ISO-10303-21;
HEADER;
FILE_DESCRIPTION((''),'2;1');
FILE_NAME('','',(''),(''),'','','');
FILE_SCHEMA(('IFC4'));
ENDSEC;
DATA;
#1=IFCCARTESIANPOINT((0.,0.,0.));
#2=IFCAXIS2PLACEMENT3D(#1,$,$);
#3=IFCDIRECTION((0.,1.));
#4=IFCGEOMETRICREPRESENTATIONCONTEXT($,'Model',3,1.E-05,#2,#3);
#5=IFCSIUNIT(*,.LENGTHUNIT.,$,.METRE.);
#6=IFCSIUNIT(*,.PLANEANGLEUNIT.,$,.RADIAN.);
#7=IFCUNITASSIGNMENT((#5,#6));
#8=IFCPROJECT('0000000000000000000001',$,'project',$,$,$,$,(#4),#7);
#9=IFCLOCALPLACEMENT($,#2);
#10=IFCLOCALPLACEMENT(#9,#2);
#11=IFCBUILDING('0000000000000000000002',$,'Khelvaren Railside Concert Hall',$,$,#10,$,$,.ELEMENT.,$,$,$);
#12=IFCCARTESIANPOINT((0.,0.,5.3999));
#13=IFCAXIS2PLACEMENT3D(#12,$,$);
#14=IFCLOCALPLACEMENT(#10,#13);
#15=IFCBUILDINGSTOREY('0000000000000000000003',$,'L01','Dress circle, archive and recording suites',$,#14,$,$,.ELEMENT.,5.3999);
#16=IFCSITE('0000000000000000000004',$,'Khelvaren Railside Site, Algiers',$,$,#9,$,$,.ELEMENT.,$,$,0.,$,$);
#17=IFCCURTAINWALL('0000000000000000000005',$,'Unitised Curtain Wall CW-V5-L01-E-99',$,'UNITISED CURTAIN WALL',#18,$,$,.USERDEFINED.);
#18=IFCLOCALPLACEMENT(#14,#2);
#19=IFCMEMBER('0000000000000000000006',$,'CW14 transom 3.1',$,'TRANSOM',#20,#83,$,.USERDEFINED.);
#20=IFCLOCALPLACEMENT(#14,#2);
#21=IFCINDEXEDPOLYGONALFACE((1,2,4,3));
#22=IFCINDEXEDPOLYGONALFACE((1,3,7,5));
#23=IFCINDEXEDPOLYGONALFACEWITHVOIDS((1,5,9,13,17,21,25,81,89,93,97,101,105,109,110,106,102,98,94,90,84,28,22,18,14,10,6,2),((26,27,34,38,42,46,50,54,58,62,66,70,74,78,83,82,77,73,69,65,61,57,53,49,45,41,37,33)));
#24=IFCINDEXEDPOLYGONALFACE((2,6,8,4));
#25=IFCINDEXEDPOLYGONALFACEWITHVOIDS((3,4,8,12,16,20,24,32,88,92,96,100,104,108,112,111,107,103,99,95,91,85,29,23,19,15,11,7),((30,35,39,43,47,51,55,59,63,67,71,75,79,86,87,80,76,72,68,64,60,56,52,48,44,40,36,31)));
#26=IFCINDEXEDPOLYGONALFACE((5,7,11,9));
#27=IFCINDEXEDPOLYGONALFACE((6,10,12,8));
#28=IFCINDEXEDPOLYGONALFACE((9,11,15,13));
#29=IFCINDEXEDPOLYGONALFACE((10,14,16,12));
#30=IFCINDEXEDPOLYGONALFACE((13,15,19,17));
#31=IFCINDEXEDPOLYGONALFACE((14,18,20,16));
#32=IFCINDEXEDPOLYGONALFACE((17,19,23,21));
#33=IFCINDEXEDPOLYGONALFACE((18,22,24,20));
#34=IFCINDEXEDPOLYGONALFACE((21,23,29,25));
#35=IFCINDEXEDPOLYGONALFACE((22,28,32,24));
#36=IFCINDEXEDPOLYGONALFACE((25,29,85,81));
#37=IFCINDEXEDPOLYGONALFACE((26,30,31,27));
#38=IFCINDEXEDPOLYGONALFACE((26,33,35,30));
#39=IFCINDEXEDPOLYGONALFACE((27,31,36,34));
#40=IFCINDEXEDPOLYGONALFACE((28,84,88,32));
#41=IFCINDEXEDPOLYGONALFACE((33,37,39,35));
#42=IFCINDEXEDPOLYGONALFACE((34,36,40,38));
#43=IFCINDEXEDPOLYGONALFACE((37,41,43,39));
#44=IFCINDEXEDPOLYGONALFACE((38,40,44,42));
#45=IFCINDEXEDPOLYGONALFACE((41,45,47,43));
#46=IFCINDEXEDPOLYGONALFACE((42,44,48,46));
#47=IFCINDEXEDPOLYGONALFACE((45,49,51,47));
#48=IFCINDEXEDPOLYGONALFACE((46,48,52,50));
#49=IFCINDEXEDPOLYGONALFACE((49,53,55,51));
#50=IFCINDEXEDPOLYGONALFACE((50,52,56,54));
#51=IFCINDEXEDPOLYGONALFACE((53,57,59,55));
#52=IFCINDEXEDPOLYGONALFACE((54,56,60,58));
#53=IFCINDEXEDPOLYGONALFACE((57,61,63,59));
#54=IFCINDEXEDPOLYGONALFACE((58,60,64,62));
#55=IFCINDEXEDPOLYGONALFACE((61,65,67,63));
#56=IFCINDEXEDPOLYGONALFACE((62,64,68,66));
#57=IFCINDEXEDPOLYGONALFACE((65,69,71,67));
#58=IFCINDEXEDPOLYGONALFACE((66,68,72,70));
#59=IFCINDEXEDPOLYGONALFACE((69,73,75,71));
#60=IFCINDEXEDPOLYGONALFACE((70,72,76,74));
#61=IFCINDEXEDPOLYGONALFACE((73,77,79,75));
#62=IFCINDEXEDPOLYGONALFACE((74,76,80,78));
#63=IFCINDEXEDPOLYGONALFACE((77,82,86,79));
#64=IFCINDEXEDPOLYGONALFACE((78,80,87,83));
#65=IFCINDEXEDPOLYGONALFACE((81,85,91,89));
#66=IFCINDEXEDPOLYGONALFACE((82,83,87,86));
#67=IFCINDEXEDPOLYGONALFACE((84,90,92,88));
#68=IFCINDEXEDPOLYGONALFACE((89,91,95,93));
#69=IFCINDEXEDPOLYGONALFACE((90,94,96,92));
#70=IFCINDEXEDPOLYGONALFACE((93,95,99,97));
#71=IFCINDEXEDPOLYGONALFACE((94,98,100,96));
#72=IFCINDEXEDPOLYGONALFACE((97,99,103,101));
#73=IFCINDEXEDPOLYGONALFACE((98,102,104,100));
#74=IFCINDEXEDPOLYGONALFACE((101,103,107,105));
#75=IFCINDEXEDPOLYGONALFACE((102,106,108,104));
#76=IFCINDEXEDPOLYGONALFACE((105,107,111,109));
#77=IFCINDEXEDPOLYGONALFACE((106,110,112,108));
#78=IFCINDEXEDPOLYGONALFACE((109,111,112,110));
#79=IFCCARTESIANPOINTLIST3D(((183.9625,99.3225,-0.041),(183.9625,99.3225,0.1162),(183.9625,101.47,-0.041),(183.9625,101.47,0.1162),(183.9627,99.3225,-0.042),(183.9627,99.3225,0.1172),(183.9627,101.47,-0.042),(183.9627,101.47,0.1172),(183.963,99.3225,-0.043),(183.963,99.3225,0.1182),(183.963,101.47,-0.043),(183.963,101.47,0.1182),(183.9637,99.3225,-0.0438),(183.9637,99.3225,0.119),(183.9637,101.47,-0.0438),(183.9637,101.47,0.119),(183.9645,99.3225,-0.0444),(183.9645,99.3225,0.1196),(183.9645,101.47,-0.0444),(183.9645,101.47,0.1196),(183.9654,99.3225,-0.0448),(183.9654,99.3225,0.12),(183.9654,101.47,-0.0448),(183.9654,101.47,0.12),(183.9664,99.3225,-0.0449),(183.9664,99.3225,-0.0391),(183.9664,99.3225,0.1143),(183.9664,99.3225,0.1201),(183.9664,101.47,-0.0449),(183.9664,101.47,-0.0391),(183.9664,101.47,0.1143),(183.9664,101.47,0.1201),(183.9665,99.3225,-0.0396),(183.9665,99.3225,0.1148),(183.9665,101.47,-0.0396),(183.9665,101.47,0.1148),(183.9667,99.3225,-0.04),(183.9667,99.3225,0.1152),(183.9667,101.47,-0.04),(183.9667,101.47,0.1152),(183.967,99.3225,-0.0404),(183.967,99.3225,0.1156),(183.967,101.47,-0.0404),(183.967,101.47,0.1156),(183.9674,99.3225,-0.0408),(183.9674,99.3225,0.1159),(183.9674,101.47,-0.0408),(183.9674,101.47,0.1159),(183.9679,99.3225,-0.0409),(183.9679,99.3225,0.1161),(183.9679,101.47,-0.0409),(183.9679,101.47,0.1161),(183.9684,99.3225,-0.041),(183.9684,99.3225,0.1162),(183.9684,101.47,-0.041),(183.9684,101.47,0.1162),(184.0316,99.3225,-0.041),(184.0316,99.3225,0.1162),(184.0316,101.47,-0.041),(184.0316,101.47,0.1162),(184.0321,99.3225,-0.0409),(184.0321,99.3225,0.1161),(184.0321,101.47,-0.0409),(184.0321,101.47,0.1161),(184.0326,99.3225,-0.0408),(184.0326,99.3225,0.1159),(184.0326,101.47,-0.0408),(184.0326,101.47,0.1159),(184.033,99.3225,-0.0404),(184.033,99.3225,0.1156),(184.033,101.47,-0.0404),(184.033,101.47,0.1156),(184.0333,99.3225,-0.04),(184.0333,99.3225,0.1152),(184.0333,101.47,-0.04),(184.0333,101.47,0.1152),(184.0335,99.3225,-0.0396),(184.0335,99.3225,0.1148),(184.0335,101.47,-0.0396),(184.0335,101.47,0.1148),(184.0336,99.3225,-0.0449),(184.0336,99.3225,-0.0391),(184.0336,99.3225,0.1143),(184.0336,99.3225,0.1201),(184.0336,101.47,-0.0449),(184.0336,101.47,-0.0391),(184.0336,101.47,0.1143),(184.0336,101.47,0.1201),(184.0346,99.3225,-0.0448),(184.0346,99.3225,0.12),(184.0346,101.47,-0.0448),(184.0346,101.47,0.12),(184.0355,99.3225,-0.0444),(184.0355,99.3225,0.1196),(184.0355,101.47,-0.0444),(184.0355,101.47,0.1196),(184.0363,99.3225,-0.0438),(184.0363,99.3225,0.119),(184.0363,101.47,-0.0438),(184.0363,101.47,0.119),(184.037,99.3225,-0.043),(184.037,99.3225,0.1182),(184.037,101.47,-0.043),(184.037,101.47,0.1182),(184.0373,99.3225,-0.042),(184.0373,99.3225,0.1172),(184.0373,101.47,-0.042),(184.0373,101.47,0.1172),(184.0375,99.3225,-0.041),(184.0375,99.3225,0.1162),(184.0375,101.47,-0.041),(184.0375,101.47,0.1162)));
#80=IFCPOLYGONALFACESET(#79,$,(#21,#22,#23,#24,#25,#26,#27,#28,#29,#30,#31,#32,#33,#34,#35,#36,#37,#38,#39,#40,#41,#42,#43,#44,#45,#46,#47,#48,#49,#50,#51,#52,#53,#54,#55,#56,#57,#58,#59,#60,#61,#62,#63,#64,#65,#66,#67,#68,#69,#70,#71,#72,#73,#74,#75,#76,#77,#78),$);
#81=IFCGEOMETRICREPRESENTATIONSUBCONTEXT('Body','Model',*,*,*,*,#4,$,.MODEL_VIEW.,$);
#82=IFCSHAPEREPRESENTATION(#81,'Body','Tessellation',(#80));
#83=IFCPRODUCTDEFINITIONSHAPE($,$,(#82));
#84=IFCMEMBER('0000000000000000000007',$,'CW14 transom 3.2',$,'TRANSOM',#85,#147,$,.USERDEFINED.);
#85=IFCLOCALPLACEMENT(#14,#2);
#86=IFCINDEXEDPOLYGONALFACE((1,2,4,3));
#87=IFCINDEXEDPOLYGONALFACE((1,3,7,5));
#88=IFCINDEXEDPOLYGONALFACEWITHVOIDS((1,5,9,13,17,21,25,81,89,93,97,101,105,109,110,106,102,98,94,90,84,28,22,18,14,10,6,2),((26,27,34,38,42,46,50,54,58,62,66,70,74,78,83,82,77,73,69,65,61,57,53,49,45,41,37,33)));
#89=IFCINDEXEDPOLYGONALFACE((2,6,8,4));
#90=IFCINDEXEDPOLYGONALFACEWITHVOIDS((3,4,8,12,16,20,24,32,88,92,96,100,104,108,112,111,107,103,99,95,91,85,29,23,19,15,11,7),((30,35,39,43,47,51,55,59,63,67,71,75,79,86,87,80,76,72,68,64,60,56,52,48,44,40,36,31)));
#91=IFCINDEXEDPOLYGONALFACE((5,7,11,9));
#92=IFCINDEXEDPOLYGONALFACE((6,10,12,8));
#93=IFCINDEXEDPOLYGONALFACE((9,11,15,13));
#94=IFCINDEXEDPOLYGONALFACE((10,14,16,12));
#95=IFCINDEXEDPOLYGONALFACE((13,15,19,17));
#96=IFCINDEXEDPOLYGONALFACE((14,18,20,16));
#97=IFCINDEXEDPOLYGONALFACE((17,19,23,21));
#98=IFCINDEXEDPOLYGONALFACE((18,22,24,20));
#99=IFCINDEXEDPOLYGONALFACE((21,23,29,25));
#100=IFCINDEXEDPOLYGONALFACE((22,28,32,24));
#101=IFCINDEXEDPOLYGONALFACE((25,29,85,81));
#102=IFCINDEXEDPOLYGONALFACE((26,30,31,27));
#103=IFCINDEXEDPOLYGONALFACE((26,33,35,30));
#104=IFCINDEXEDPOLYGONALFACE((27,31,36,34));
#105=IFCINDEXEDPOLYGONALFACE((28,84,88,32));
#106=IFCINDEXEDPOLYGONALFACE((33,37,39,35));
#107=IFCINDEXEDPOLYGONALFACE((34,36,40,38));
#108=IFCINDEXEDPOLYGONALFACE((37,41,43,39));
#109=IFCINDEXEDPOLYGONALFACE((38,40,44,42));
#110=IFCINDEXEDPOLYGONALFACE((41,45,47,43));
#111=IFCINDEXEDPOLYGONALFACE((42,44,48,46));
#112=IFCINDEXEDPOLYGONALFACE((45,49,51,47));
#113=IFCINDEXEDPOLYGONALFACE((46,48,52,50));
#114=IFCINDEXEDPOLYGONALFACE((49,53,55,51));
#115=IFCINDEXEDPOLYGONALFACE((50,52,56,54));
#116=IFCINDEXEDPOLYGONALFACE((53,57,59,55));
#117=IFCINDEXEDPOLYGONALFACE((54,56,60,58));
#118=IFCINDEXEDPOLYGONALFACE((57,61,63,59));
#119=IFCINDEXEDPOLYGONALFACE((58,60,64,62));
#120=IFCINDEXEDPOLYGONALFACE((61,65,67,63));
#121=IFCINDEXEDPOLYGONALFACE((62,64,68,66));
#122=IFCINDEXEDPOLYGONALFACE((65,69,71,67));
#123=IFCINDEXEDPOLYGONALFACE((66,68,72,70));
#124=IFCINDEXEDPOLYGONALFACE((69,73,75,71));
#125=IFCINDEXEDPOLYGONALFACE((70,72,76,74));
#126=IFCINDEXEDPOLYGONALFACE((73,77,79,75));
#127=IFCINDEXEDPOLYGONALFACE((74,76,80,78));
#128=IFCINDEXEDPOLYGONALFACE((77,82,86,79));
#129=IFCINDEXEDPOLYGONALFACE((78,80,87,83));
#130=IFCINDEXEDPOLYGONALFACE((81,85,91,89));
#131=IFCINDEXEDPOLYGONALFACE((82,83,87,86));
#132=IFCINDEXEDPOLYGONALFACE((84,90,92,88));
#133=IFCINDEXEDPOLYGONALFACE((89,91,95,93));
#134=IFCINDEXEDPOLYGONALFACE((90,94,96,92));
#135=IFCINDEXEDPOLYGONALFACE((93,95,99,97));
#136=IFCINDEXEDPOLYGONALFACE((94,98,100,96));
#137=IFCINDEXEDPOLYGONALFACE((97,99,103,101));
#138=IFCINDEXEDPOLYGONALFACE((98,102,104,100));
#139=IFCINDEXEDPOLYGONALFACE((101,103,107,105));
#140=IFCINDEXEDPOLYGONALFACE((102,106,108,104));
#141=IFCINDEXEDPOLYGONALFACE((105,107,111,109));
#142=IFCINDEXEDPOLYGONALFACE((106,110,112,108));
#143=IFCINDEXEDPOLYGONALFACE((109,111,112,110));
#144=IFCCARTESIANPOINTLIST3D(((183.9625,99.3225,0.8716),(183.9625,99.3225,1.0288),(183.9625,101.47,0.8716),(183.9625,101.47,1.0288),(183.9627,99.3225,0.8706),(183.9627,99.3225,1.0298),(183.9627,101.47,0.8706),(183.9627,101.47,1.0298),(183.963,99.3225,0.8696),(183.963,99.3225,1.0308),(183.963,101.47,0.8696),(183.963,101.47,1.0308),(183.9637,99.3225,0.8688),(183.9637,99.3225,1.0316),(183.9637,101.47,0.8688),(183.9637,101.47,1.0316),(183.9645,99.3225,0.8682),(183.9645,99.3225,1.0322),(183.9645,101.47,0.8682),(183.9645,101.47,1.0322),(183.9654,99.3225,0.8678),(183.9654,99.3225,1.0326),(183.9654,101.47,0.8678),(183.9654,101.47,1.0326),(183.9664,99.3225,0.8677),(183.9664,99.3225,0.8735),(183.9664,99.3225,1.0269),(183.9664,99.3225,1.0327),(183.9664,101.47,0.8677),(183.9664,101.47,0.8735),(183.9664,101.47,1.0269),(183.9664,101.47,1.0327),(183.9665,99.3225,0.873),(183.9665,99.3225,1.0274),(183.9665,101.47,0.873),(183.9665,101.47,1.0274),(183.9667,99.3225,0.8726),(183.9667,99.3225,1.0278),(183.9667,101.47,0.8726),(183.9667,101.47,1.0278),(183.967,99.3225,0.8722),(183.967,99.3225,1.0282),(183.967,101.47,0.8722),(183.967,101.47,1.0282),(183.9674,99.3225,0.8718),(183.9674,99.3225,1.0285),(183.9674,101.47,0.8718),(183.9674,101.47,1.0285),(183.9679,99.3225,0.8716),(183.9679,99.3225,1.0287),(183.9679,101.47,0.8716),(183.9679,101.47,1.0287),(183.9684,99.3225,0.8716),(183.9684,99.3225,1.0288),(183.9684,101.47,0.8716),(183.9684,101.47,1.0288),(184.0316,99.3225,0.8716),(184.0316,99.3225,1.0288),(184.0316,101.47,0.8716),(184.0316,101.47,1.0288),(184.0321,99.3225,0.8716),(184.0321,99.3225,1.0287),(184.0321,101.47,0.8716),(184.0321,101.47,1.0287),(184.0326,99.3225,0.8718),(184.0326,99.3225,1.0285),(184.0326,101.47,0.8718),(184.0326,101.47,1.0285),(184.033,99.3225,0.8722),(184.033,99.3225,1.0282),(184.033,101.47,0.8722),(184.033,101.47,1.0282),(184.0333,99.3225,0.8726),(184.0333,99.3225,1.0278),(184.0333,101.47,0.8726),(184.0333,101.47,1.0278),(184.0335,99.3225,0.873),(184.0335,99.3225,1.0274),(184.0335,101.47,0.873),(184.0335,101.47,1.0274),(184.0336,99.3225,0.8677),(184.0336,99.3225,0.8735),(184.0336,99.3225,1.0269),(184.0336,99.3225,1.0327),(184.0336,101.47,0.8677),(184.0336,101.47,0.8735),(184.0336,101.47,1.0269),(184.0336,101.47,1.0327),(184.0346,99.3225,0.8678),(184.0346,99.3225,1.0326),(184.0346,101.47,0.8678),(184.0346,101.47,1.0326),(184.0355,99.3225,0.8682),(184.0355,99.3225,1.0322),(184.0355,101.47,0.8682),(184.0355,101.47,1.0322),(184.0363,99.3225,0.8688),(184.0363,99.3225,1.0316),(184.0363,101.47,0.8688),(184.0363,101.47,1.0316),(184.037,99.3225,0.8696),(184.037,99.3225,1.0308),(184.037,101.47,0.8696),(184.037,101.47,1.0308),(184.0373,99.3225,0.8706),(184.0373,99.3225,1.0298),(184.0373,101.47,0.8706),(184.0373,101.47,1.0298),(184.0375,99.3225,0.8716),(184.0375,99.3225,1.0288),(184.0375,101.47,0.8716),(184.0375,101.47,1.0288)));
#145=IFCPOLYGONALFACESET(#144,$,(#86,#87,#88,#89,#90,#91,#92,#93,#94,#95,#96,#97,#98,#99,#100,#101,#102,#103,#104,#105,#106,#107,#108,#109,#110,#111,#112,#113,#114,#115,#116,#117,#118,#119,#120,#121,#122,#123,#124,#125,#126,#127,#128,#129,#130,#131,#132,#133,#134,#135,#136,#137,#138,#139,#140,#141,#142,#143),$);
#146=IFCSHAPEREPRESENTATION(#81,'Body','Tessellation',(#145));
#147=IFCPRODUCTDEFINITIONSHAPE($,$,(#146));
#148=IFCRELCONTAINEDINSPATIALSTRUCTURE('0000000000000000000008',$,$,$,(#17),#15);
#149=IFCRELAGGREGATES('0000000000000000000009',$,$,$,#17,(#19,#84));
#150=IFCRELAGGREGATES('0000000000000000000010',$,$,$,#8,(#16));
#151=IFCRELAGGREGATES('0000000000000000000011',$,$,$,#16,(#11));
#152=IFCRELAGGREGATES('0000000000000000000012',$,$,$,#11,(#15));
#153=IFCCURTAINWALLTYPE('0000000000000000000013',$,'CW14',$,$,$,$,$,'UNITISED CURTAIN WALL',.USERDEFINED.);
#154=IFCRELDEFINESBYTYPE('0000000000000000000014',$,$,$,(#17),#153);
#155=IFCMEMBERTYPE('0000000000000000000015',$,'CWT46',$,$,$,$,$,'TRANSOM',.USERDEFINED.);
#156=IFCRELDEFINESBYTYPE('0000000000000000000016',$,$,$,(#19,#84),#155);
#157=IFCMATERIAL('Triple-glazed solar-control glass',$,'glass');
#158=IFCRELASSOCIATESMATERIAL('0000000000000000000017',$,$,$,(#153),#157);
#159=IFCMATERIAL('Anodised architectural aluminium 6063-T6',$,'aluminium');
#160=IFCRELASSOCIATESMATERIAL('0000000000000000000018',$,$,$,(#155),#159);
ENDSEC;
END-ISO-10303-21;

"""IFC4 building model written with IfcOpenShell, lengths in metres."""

from ifc_helpers import new_model, si_unit, direction, frame, origin, origin_2d, place, context, subcontext, project, spatial, hollow_rectangle, extrude, material, material_profile, profile_set, type_object, element, aggregate, save


model = new_model("IFC4")

# Units and contexts
model_context = context("Model", 3, precision=1e-05, world=origin(), true_north=direction((0.0, 1.0)))
body_context = subcontext(model_context, "Body", "Model", "MODEL_VIEW")
ifc_project = project(units=[si_unit("LENGTHUNIT", "METRE"), si_unit("PLANEANGLEUNIT", "RADIAN")], contexts=[model_context])

# Site, building, storey
site_placement = place(None, origin())
site = spatial("IfcSite", under=ifc_project, at=site_placement, Name="Khelvaren Railside Site, Algiers", CompositionType="ELEMENT", RefElevation=0.0)
building_placement = place(site_placement, origin())
building = spatial("IfcBuilding", under=site, at=building_placement, Name="Khelvaren Railside Concert Hall", CompositionType="ELEMENT")
storey_placement = place(building_placement, frame((0.0, 0.0, 5.3999)))
storey = spatial("IfcBuildingStorey", under=building, at=storey_placement, Name="L01", Description="Dress circle, archive and recording suites", CompositionType="ELEMENT", Elevation=5.3999)

# Curtain wall, members
ifc_material_1 = material(Name="Triple-glazed solar-control glass", Category="glass")
curtain_wall_type = type_object("IfcCurtainWallType", Name="CW14", ElementType="UNITISED CURTAIN WALL", PredefinedType="USERDEFINED", material=ifc_material_1)
curtain_wall_placement = place(storey_placement, origin())
curtain_wall = element("IfcCurtainWall", 1, at=curtain_wall_placement, inside=storey, type_object=curtain_wall_type, Name="Unitised Curtain Wall CW-V5-L01-E-99", ObjectType="UNITISED CURTAIN WALL", PredefinedType="USERDEFINED")
ifc_material_2 = material(Name="Anodised architectural aluminium 6063-T6", Category="aluminium")
ifc_material_profile_1 = material_profile(ifc_material_2, hollow_rectangle(XDim=0.075, YDim=0.165, WallThickness=0.0039, InnerFilletRadius=0.002, OuterFilletRadius=0.0039, at=origin_2d()), Name="CWT 75x165x4")
ifc_profile_set_1 = profile_set([ifc_material_profile_1], Name="Anodised architectural aluminium 6063-T6")
member_type_1 = type_object("IfcMemberType", Name="CWT46", ElementType="TRANSOM", PredefinedType="USERDEFINED", material=ifc_profile_set_1)
member_1_placement = place(storey_placement, frame((184.0, 101.47, 0.0376), z_axis=(0.0, -1.0, 0.0), x_axis=(1.0, 0.0, 0.0)))
member_1 = element("IfcMember", 2, at=member_1_placement, type_object=member_type_1, Name="CW14 transom 3.1", ObjectType="TRANSOM", PredefinedType="USERDEFINED", context=body_context, shape_type="SweptSolid", body=[
    extrude(hollow_rectangle(XDim=0.075, YDim=0.165, WallThickness=0.0039, InnerFilletRadius=0.002, OuterFilletRadius=0.0039, at=origin_2d()), origin(), (0.0, 0.0, 1.0), 2.1475),
])
member_2_placement = place(storey_placement, frame((184.0, 101.47, 0.9502), z_axis=(0.0, -1.0, 0.0), x_axis=(1.0, 0.0, 0.0)))
member_2 = element("IfcMember", 3, at=member_2_placement, type_object=member_type_1, Name="CW14 transom 3.2", ObjectType="TRANSOM", PredefinedType="USERDEFINED", context=body_context, shape_type="SweptSolid", body=[
    extrude(hollow_rectangle(XDim=0.075, YDim=0.165, WallThickness=0.0039, InnerFilletRadius=0.002, OuterFilletRadius=0.0039, at=origin_2d()), origin(), (0.0, 0.0, 1.0), 2.1475),
])

aggregate(curtain_wall, [member_1, member_2])

save(model, "model.ifc")
